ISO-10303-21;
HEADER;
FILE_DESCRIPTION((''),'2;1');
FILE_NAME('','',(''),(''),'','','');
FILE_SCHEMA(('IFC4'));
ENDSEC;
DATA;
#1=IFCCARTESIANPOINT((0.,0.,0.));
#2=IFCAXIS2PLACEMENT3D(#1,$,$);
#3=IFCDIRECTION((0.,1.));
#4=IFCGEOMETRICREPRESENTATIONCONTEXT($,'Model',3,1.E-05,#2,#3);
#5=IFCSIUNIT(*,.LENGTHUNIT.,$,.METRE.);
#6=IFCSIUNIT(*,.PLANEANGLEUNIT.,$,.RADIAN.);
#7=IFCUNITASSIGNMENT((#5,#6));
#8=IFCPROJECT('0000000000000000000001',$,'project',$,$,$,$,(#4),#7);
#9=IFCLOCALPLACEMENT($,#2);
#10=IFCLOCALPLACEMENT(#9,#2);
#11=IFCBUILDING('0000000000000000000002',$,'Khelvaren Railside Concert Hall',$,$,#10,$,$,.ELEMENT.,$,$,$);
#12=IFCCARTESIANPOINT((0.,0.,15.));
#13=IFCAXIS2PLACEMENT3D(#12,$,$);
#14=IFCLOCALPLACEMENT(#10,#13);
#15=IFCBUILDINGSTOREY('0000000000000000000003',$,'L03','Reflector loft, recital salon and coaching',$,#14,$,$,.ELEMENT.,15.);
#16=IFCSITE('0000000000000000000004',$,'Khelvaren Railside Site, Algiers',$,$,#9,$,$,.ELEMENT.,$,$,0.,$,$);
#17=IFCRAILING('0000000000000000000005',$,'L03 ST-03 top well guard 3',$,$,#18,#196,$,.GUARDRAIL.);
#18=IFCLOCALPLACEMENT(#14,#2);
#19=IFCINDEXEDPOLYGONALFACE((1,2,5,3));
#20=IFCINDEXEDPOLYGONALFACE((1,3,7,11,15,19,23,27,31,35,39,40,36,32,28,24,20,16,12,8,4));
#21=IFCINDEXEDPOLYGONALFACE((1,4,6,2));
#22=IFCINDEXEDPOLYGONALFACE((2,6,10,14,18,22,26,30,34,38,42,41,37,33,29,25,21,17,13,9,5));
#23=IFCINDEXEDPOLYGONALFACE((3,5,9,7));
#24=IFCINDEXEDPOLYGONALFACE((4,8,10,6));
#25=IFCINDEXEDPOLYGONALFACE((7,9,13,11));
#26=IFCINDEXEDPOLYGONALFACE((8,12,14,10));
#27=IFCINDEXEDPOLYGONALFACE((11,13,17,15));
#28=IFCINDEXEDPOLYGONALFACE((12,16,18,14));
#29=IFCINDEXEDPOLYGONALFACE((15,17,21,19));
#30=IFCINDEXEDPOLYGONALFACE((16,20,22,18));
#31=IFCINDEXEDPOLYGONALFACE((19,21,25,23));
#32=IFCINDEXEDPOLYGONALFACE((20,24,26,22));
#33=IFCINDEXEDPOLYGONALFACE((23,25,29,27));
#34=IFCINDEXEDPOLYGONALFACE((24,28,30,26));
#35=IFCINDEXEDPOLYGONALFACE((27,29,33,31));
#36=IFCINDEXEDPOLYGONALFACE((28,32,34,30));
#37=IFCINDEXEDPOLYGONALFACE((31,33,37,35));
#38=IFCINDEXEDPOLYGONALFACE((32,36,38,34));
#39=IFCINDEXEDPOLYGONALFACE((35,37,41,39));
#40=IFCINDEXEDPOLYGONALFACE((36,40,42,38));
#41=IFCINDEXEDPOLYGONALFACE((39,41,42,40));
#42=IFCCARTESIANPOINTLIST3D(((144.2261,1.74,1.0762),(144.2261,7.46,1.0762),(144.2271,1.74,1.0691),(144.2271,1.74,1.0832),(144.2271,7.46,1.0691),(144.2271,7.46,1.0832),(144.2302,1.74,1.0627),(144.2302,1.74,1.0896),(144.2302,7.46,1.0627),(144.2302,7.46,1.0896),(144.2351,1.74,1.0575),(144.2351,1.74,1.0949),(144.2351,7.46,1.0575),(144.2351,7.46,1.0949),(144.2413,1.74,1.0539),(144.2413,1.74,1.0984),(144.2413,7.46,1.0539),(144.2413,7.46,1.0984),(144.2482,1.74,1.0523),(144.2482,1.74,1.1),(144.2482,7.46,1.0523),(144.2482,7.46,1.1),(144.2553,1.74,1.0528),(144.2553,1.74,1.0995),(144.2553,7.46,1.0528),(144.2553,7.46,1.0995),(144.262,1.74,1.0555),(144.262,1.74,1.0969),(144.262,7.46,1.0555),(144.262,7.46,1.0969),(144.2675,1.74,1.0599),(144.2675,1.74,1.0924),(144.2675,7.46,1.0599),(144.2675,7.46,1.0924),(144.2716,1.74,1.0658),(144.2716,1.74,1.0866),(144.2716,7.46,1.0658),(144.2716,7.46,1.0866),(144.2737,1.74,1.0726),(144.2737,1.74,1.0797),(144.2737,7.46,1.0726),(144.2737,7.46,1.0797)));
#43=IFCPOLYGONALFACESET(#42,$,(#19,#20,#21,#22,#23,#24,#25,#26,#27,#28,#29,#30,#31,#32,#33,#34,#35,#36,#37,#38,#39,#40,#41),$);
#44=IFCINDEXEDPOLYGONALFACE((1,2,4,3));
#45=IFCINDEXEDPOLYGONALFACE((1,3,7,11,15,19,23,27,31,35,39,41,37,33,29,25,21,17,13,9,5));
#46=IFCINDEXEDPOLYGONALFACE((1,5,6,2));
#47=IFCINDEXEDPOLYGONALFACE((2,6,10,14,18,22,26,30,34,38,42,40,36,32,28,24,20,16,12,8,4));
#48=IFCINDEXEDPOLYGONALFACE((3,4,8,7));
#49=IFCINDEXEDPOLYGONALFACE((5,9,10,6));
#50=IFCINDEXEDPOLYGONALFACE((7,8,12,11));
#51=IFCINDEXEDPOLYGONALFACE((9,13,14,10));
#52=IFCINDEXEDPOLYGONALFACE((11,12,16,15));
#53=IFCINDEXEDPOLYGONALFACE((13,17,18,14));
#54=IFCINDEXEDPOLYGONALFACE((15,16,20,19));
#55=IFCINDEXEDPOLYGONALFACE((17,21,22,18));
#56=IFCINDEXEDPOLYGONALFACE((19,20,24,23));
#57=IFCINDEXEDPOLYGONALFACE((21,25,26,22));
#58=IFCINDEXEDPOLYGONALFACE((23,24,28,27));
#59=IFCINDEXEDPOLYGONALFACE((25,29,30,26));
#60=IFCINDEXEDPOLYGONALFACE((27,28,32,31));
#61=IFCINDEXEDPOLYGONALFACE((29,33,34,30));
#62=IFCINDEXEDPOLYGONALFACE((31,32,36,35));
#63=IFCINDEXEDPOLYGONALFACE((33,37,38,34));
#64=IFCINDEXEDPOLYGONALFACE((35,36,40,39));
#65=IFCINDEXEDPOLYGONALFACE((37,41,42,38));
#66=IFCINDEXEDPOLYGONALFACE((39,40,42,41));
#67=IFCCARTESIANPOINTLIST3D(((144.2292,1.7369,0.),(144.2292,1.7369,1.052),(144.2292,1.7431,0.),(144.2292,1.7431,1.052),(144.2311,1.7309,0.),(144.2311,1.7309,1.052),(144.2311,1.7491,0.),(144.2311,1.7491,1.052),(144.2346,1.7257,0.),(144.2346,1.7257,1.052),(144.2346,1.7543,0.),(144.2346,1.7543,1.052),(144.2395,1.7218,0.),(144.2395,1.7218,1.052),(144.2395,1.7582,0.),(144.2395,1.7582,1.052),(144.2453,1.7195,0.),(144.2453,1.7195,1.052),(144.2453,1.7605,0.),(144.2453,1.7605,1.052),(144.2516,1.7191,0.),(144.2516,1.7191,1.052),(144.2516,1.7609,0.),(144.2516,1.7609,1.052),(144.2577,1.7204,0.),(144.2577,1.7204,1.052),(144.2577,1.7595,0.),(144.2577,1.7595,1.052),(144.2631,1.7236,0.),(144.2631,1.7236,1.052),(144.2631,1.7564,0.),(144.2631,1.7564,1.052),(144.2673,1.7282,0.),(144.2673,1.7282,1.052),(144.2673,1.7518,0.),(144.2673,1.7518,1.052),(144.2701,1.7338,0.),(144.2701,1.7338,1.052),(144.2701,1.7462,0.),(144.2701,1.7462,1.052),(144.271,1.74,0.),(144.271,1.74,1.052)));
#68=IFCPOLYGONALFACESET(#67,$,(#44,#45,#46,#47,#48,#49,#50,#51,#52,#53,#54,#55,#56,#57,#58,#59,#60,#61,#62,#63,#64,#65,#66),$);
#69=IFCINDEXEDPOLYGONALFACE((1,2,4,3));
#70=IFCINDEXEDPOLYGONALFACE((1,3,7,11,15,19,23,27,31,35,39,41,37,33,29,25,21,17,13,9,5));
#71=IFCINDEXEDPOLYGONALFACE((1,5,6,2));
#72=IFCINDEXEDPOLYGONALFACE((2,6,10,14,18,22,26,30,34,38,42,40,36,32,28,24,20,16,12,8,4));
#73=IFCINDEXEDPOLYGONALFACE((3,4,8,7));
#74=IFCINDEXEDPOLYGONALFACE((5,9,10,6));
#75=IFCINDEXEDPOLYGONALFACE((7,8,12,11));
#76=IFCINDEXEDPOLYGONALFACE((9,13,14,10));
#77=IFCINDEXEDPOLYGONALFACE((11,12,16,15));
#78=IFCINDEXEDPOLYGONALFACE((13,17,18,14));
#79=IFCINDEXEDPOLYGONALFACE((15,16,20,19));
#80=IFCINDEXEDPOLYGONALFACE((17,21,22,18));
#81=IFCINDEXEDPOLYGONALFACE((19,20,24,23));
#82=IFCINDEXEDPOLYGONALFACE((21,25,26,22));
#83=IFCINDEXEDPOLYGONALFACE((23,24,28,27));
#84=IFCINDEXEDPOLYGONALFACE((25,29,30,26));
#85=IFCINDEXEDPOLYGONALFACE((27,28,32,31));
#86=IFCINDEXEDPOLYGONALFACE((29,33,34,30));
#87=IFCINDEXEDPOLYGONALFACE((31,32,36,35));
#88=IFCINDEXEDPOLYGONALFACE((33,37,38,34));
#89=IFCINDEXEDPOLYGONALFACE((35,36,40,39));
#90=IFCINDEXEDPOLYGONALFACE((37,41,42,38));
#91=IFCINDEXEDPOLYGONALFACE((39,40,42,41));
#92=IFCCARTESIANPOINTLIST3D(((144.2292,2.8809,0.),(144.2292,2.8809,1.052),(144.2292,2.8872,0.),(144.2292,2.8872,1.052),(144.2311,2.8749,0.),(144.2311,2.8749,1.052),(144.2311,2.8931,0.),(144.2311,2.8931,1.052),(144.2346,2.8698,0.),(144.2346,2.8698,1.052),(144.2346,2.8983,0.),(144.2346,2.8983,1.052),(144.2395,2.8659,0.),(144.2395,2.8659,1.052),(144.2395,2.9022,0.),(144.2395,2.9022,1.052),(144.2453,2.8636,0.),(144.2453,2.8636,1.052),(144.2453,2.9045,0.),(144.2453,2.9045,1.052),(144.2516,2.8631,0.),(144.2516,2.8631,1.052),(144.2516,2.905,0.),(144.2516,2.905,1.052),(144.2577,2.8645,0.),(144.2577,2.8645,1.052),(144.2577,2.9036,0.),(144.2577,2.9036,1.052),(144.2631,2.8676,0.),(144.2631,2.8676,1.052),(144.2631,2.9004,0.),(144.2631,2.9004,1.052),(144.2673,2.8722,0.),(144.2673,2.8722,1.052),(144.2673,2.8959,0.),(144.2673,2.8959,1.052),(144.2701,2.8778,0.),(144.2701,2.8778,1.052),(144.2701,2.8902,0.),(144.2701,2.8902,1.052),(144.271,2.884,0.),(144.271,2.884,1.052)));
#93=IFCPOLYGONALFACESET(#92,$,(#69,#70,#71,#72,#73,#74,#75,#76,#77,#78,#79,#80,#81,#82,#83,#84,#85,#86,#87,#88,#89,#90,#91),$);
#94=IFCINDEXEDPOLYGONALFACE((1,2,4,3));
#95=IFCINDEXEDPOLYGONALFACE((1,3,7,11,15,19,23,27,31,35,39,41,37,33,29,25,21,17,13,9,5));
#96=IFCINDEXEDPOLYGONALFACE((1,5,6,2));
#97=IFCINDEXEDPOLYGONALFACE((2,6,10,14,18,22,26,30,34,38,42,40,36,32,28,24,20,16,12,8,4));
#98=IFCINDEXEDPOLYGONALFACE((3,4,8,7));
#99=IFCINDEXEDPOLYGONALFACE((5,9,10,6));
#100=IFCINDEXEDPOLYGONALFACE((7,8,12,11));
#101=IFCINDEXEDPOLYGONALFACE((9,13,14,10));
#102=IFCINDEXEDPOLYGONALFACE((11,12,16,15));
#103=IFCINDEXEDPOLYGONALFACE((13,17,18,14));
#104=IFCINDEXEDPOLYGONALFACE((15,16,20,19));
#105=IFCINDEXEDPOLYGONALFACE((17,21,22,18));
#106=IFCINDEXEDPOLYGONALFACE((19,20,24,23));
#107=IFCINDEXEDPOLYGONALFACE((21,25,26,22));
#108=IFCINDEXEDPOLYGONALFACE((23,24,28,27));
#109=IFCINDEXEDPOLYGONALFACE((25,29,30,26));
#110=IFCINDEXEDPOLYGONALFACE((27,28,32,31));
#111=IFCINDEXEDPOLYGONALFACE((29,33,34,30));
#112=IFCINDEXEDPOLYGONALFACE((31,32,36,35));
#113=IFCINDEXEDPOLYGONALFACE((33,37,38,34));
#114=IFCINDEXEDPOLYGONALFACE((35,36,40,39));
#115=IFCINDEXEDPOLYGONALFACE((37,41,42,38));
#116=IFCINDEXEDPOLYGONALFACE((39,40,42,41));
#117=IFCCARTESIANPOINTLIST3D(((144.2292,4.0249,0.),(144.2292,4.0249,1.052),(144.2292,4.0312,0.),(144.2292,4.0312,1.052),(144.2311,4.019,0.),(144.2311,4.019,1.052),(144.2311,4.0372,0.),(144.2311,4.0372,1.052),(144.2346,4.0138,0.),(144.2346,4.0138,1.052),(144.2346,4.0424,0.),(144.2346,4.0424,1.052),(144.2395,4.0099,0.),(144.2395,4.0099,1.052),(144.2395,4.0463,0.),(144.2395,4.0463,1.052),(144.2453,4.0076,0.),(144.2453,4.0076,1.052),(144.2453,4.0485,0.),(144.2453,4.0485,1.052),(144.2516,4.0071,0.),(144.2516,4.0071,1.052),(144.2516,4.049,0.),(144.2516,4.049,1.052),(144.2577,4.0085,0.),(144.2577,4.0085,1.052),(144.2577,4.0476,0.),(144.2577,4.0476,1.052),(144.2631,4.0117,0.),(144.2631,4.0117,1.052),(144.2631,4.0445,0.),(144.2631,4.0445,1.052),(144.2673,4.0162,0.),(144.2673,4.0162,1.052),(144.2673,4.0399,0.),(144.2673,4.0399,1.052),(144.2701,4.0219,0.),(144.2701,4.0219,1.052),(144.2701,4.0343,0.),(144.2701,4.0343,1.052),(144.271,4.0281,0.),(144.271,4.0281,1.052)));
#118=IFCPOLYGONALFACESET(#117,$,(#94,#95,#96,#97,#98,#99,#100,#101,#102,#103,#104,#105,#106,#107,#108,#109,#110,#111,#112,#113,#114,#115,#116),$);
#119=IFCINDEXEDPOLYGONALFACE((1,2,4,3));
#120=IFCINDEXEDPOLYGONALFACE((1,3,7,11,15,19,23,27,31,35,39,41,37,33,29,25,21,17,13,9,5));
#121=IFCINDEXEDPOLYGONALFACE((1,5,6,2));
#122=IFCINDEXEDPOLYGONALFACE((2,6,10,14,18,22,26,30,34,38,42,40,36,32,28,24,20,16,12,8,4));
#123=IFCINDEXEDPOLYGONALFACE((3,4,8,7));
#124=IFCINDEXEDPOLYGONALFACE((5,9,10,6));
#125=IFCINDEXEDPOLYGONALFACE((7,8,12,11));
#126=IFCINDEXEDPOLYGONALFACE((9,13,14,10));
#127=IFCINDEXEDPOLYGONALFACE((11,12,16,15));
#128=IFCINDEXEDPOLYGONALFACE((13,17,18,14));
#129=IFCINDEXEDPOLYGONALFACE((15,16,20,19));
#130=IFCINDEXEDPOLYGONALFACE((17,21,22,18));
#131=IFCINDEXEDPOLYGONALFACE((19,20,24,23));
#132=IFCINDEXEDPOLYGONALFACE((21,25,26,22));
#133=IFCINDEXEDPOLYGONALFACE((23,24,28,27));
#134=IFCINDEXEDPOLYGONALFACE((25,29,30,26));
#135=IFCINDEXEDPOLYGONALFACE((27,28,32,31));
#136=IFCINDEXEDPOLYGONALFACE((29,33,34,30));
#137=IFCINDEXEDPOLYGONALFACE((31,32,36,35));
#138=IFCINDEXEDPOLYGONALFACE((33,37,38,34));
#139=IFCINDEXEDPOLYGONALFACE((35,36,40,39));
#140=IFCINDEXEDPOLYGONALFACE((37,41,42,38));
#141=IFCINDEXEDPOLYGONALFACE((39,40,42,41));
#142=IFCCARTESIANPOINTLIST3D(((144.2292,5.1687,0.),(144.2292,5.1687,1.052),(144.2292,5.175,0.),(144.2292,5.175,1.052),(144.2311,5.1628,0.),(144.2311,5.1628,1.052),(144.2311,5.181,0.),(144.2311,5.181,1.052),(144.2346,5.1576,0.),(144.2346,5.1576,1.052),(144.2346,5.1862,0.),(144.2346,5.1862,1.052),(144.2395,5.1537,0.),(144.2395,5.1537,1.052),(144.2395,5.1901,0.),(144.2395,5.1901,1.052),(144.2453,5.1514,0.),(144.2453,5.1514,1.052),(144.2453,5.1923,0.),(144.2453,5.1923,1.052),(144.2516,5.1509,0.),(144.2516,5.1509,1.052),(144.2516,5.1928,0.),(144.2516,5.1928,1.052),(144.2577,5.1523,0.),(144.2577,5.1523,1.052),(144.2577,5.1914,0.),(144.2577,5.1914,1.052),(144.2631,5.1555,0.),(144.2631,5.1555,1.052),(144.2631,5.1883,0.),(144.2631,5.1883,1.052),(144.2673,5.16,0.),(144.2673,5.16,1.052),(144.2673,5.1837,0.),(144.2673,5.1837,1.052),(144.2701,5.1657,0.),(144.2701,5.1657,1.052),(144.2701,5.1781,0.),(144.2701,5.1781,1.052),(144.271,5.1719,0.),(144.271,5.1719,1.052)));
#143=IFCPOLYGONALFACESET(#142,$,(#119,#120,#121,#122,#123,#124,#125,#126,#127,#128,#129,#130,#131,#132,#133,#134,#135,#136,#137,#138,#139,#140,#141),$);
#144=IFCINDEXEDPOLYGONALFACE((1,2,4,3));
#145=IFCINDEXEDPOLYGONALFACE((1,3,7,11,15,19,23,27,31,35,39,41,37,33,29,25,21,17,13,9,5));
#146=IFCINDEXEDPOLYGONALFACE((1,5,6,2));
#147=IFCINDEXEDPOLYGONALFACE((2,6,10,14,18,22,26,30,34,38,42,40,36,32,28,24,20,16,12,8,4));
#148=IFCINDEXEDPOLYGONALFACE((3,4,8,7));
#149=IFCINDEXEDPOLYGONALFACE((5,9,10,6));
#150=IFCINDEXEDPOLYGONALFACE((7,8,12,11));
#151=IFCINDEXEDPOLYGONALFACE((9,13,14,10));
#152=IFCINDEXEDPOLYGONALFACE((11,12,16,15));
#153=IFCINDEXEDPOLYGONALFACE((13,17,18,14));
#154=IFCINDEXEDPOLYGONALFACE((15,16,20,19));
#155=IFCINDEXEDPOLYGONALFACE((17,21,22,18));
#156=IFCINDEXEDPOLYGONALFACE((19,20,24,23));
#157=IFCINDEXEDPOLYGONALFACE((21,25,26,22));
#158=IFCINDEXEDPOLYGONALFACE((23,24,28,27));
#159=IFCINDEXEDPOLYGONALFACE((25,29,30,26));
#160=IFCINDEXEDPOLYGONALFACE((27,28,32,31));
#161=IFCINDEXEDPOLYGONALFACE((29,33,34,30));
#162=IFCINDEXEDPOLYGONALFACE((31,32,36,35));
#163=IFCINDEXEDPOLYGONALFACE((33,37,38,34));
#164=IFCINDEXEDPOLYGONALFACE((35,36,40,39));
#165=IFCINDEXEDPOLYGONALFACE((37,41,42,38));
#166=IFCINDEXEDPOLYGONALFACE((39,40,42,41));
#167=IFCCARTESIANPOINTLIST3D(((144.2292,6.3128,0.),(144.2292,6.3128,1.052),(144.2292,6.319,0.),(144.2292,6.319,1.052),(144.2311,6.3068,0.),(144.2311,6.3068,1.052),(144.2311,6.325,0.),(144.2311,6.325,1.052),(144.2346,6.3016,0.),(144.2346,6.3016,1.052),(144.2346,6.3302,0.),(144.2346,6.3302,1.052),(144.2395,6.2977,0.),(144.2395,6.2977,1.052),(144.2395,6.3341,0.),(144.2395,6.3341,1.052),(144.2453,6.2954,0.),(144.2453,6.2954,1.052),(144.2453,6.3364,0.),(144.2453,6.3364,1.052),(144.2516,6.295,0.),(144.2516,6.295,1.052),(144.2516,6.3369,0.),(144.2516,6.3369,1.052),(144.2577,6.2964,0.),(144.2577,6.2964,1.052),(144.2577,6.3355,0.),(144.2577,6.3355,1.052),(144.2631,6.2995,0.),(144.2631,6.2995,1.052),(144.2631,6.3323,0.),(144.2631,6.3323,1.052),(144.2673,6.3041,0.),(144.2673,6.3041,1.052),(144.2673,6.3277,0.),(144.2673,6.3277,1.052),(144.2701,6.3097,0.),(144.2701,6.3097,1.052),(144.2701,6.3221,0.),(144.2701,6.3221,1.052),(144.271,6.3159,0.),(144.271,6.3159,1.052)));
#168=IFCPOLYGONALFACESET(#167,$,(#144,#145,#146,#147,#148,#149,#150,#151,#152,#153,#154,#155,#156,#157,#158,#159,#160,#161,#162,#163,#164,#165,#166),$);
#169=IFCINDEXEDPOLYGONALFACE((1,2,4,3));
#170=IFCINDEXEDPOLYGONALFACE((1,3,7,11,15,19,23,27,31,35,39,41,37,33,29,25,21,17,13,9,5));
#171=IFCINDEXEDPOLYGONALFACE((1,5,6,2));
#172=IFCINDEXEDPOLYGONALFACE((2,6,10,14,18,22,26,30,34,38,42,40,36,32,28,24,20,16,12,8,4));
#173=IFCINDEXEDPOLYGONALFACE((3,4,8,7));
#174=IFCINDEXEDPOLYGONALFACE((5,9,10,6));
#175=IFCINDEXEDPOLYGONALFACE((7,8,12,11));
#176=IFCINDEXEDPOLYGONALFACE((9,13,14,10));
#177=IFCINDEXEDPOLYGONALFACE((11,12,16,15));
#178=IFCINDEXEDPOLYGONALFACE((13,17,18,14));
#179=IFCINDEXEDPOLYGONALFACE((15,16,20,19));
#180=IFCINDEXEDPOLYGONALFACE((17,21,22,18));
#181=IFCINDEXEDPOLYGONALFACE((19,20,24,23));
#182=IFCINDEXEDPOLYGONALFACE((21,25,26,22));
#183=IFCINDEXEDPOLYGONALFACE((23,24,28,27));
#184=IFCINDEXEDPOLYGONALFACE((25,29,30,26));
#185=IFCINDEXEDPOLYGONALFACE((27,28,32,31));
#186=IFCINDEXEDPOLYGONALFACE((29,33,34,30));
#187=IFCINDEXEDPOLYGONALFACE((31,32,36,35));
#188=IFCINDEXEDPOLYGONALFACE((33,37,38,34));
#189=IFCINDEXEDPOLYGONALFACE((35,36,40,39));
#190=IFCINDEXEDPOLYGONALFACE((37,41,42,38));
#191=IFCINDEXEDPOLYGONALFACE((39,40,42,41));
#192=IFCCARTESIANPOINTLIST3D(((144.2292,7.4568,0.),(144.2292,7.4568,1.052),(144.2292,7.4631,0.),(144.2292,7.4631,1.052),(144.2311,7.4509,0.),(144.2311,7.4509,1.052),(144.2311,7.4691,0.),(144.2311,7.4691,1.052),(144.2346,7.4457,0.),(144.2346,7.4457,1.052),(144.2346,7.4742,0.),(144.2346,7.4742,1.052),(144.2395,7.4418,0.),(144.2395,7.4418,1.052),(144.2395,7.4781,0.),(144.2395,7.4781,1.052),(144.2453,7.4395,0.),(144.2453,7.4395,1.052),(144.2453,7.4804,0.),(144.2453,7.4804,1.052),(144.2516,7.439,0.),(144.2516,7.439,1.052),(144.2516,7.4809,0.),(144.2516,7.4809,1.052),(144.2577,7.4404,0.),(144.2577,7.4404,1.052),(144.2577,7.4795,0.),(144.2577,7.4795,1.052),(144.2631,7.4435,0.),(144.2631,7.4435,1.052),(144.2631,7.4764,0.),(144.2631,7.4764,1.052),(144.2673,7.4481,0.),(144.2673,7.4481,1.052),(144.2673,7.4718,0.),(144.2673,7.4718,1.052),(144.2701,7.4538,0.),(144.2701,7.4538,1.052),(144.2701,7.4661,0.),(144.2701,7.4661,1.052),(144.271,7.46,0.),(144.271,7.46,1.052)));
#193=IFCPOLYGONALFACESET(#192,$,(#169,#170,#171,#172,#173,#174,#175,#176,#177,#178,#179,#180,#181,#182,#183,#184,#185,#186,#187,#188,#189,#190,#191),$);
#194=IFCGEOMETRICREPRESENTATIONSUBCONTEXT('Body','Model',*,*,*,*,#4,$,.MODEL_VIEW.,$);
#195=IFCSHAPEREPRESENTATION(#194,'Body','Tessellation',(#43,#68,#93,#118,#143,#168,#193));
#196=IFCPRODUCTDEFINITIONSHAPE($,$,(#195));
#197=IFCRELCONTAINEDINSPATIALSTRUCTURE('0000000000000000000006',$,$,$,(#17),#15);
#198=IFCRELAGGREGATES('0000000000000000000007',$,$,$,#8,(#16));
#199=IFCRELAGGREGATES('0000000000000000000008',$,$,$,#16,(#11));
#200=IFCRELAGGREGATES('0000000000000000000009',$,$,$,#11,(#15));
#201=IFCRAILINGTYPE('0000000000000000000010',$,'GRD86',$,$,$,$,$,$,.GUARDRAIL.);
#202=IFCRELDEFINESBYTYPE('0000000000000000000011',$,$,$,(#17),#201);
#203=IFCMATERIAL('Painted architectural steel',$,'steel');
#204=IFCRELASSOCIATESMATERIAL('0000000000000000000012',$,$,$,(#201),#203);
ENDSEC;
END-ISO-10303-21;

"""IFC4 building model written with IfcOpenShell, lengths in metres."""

from ifc_helpers import new_model, si_unit, direction, frame, origin, origin_2d, place, context, subcontext, project, spatial, circle, extrude, material, type_object, element, save


model = new_model("IFC4")

# Units and contexts
model_context = context("Model", 3, precision=1e-05, world=origin(), true_north=direction((0.0, 1.0)))
body_context = subcontext(model_context, "Body", "Model", "MODEL_VIEW")
ifc_project = project(units=[si_unit("LENGTHUNIT", "METRE"), si_unit("PLANEANGLEUNIT", "RADIAN")], contexts=[model_context])

# Site, building, storey
site_placement = place(None, origin())
site = spatial("IfcSite", under=ifc_project, at=site_placement, Name="Khelvaren Railside Site, Algiers", CompositionType="ELEMENT", RefElevation=0.0)
building_placement = place(site_placement, origin())
building = spatial("IfcBuilding", under=site, at=building_placement, Name="Khelvaren Railside Concert Hall", CompositionType="ELEMENT")
storey_placement = place(building_placement, frame((0.0, 0.0, 15.0)))
storey = spatial("IfcBuildingStorey", under=building, at=storey_placement, Name="L03", Description="Reflector loft, recital salon and coaching", CompositionType="ELEMENT", Elevation=15.0)

# Railing
ifc_material_1 = material(Name="Painted architectural steel", Category="steel")
railing_type = type_object("IfcRailingType", Name="GRD86", PredefinedType="GUARDRAIL", material=ifc_material_1)
railing_placement = place(storey_placement, frame((144.25, 1.74, 0.0)))
element("IfcRailing", 1, at=railing_placement, inside=storey, type_object=railing_type, Name="L03 ST-03 top well guard 3", PredefinedType="GUARDRAIL", context=body_context, shape_type="SweptSolid", body=[
    extrude(circle(Radius=0.0239, at=origin_2d()), frame((0.0, 0.0, 1.0762), z_axis=(0.0, 1.0, 0.0), x_axis=(-1.0, 0.0, 0.0)), (0.0, 0.0, 1.0), 5.72),
    extrude(circle(Radius=0.021, at=origin_2d()), origin(), (0.0, 0.0, 1.0), 1.052),
    extrude(circle(Radius=0.021, at=origin_2d()), frame((0.0, 1.144, 0.0)), (0.0, 0.0, 1.0), 1.052),
    extrude(circle(Radius=0.021, at=origin_2d()), frame((0.0, 2.2881, 0.0)), (0.0, 0.0, 1.0), 1.052),
    extrude(circle(Radius=0.021, at=origin_2d()), frame((0.0, 3.4319, 0.0)), (0.0, 0.0, 1.0), 1.052),
    extrude(circle(Radius=0.021, at=origin_2d()), frame((0.0, 4.5759, 0.0)), (0.0, 0.0, 1.0), 1.052),
    extrude(circle(Radius=0.021, at=origin_2d()), frame((0.0, 5.72, 0.0)), (0.0, 0.0, 1.0), 1.052),
])

save(model, "model.ifc")
